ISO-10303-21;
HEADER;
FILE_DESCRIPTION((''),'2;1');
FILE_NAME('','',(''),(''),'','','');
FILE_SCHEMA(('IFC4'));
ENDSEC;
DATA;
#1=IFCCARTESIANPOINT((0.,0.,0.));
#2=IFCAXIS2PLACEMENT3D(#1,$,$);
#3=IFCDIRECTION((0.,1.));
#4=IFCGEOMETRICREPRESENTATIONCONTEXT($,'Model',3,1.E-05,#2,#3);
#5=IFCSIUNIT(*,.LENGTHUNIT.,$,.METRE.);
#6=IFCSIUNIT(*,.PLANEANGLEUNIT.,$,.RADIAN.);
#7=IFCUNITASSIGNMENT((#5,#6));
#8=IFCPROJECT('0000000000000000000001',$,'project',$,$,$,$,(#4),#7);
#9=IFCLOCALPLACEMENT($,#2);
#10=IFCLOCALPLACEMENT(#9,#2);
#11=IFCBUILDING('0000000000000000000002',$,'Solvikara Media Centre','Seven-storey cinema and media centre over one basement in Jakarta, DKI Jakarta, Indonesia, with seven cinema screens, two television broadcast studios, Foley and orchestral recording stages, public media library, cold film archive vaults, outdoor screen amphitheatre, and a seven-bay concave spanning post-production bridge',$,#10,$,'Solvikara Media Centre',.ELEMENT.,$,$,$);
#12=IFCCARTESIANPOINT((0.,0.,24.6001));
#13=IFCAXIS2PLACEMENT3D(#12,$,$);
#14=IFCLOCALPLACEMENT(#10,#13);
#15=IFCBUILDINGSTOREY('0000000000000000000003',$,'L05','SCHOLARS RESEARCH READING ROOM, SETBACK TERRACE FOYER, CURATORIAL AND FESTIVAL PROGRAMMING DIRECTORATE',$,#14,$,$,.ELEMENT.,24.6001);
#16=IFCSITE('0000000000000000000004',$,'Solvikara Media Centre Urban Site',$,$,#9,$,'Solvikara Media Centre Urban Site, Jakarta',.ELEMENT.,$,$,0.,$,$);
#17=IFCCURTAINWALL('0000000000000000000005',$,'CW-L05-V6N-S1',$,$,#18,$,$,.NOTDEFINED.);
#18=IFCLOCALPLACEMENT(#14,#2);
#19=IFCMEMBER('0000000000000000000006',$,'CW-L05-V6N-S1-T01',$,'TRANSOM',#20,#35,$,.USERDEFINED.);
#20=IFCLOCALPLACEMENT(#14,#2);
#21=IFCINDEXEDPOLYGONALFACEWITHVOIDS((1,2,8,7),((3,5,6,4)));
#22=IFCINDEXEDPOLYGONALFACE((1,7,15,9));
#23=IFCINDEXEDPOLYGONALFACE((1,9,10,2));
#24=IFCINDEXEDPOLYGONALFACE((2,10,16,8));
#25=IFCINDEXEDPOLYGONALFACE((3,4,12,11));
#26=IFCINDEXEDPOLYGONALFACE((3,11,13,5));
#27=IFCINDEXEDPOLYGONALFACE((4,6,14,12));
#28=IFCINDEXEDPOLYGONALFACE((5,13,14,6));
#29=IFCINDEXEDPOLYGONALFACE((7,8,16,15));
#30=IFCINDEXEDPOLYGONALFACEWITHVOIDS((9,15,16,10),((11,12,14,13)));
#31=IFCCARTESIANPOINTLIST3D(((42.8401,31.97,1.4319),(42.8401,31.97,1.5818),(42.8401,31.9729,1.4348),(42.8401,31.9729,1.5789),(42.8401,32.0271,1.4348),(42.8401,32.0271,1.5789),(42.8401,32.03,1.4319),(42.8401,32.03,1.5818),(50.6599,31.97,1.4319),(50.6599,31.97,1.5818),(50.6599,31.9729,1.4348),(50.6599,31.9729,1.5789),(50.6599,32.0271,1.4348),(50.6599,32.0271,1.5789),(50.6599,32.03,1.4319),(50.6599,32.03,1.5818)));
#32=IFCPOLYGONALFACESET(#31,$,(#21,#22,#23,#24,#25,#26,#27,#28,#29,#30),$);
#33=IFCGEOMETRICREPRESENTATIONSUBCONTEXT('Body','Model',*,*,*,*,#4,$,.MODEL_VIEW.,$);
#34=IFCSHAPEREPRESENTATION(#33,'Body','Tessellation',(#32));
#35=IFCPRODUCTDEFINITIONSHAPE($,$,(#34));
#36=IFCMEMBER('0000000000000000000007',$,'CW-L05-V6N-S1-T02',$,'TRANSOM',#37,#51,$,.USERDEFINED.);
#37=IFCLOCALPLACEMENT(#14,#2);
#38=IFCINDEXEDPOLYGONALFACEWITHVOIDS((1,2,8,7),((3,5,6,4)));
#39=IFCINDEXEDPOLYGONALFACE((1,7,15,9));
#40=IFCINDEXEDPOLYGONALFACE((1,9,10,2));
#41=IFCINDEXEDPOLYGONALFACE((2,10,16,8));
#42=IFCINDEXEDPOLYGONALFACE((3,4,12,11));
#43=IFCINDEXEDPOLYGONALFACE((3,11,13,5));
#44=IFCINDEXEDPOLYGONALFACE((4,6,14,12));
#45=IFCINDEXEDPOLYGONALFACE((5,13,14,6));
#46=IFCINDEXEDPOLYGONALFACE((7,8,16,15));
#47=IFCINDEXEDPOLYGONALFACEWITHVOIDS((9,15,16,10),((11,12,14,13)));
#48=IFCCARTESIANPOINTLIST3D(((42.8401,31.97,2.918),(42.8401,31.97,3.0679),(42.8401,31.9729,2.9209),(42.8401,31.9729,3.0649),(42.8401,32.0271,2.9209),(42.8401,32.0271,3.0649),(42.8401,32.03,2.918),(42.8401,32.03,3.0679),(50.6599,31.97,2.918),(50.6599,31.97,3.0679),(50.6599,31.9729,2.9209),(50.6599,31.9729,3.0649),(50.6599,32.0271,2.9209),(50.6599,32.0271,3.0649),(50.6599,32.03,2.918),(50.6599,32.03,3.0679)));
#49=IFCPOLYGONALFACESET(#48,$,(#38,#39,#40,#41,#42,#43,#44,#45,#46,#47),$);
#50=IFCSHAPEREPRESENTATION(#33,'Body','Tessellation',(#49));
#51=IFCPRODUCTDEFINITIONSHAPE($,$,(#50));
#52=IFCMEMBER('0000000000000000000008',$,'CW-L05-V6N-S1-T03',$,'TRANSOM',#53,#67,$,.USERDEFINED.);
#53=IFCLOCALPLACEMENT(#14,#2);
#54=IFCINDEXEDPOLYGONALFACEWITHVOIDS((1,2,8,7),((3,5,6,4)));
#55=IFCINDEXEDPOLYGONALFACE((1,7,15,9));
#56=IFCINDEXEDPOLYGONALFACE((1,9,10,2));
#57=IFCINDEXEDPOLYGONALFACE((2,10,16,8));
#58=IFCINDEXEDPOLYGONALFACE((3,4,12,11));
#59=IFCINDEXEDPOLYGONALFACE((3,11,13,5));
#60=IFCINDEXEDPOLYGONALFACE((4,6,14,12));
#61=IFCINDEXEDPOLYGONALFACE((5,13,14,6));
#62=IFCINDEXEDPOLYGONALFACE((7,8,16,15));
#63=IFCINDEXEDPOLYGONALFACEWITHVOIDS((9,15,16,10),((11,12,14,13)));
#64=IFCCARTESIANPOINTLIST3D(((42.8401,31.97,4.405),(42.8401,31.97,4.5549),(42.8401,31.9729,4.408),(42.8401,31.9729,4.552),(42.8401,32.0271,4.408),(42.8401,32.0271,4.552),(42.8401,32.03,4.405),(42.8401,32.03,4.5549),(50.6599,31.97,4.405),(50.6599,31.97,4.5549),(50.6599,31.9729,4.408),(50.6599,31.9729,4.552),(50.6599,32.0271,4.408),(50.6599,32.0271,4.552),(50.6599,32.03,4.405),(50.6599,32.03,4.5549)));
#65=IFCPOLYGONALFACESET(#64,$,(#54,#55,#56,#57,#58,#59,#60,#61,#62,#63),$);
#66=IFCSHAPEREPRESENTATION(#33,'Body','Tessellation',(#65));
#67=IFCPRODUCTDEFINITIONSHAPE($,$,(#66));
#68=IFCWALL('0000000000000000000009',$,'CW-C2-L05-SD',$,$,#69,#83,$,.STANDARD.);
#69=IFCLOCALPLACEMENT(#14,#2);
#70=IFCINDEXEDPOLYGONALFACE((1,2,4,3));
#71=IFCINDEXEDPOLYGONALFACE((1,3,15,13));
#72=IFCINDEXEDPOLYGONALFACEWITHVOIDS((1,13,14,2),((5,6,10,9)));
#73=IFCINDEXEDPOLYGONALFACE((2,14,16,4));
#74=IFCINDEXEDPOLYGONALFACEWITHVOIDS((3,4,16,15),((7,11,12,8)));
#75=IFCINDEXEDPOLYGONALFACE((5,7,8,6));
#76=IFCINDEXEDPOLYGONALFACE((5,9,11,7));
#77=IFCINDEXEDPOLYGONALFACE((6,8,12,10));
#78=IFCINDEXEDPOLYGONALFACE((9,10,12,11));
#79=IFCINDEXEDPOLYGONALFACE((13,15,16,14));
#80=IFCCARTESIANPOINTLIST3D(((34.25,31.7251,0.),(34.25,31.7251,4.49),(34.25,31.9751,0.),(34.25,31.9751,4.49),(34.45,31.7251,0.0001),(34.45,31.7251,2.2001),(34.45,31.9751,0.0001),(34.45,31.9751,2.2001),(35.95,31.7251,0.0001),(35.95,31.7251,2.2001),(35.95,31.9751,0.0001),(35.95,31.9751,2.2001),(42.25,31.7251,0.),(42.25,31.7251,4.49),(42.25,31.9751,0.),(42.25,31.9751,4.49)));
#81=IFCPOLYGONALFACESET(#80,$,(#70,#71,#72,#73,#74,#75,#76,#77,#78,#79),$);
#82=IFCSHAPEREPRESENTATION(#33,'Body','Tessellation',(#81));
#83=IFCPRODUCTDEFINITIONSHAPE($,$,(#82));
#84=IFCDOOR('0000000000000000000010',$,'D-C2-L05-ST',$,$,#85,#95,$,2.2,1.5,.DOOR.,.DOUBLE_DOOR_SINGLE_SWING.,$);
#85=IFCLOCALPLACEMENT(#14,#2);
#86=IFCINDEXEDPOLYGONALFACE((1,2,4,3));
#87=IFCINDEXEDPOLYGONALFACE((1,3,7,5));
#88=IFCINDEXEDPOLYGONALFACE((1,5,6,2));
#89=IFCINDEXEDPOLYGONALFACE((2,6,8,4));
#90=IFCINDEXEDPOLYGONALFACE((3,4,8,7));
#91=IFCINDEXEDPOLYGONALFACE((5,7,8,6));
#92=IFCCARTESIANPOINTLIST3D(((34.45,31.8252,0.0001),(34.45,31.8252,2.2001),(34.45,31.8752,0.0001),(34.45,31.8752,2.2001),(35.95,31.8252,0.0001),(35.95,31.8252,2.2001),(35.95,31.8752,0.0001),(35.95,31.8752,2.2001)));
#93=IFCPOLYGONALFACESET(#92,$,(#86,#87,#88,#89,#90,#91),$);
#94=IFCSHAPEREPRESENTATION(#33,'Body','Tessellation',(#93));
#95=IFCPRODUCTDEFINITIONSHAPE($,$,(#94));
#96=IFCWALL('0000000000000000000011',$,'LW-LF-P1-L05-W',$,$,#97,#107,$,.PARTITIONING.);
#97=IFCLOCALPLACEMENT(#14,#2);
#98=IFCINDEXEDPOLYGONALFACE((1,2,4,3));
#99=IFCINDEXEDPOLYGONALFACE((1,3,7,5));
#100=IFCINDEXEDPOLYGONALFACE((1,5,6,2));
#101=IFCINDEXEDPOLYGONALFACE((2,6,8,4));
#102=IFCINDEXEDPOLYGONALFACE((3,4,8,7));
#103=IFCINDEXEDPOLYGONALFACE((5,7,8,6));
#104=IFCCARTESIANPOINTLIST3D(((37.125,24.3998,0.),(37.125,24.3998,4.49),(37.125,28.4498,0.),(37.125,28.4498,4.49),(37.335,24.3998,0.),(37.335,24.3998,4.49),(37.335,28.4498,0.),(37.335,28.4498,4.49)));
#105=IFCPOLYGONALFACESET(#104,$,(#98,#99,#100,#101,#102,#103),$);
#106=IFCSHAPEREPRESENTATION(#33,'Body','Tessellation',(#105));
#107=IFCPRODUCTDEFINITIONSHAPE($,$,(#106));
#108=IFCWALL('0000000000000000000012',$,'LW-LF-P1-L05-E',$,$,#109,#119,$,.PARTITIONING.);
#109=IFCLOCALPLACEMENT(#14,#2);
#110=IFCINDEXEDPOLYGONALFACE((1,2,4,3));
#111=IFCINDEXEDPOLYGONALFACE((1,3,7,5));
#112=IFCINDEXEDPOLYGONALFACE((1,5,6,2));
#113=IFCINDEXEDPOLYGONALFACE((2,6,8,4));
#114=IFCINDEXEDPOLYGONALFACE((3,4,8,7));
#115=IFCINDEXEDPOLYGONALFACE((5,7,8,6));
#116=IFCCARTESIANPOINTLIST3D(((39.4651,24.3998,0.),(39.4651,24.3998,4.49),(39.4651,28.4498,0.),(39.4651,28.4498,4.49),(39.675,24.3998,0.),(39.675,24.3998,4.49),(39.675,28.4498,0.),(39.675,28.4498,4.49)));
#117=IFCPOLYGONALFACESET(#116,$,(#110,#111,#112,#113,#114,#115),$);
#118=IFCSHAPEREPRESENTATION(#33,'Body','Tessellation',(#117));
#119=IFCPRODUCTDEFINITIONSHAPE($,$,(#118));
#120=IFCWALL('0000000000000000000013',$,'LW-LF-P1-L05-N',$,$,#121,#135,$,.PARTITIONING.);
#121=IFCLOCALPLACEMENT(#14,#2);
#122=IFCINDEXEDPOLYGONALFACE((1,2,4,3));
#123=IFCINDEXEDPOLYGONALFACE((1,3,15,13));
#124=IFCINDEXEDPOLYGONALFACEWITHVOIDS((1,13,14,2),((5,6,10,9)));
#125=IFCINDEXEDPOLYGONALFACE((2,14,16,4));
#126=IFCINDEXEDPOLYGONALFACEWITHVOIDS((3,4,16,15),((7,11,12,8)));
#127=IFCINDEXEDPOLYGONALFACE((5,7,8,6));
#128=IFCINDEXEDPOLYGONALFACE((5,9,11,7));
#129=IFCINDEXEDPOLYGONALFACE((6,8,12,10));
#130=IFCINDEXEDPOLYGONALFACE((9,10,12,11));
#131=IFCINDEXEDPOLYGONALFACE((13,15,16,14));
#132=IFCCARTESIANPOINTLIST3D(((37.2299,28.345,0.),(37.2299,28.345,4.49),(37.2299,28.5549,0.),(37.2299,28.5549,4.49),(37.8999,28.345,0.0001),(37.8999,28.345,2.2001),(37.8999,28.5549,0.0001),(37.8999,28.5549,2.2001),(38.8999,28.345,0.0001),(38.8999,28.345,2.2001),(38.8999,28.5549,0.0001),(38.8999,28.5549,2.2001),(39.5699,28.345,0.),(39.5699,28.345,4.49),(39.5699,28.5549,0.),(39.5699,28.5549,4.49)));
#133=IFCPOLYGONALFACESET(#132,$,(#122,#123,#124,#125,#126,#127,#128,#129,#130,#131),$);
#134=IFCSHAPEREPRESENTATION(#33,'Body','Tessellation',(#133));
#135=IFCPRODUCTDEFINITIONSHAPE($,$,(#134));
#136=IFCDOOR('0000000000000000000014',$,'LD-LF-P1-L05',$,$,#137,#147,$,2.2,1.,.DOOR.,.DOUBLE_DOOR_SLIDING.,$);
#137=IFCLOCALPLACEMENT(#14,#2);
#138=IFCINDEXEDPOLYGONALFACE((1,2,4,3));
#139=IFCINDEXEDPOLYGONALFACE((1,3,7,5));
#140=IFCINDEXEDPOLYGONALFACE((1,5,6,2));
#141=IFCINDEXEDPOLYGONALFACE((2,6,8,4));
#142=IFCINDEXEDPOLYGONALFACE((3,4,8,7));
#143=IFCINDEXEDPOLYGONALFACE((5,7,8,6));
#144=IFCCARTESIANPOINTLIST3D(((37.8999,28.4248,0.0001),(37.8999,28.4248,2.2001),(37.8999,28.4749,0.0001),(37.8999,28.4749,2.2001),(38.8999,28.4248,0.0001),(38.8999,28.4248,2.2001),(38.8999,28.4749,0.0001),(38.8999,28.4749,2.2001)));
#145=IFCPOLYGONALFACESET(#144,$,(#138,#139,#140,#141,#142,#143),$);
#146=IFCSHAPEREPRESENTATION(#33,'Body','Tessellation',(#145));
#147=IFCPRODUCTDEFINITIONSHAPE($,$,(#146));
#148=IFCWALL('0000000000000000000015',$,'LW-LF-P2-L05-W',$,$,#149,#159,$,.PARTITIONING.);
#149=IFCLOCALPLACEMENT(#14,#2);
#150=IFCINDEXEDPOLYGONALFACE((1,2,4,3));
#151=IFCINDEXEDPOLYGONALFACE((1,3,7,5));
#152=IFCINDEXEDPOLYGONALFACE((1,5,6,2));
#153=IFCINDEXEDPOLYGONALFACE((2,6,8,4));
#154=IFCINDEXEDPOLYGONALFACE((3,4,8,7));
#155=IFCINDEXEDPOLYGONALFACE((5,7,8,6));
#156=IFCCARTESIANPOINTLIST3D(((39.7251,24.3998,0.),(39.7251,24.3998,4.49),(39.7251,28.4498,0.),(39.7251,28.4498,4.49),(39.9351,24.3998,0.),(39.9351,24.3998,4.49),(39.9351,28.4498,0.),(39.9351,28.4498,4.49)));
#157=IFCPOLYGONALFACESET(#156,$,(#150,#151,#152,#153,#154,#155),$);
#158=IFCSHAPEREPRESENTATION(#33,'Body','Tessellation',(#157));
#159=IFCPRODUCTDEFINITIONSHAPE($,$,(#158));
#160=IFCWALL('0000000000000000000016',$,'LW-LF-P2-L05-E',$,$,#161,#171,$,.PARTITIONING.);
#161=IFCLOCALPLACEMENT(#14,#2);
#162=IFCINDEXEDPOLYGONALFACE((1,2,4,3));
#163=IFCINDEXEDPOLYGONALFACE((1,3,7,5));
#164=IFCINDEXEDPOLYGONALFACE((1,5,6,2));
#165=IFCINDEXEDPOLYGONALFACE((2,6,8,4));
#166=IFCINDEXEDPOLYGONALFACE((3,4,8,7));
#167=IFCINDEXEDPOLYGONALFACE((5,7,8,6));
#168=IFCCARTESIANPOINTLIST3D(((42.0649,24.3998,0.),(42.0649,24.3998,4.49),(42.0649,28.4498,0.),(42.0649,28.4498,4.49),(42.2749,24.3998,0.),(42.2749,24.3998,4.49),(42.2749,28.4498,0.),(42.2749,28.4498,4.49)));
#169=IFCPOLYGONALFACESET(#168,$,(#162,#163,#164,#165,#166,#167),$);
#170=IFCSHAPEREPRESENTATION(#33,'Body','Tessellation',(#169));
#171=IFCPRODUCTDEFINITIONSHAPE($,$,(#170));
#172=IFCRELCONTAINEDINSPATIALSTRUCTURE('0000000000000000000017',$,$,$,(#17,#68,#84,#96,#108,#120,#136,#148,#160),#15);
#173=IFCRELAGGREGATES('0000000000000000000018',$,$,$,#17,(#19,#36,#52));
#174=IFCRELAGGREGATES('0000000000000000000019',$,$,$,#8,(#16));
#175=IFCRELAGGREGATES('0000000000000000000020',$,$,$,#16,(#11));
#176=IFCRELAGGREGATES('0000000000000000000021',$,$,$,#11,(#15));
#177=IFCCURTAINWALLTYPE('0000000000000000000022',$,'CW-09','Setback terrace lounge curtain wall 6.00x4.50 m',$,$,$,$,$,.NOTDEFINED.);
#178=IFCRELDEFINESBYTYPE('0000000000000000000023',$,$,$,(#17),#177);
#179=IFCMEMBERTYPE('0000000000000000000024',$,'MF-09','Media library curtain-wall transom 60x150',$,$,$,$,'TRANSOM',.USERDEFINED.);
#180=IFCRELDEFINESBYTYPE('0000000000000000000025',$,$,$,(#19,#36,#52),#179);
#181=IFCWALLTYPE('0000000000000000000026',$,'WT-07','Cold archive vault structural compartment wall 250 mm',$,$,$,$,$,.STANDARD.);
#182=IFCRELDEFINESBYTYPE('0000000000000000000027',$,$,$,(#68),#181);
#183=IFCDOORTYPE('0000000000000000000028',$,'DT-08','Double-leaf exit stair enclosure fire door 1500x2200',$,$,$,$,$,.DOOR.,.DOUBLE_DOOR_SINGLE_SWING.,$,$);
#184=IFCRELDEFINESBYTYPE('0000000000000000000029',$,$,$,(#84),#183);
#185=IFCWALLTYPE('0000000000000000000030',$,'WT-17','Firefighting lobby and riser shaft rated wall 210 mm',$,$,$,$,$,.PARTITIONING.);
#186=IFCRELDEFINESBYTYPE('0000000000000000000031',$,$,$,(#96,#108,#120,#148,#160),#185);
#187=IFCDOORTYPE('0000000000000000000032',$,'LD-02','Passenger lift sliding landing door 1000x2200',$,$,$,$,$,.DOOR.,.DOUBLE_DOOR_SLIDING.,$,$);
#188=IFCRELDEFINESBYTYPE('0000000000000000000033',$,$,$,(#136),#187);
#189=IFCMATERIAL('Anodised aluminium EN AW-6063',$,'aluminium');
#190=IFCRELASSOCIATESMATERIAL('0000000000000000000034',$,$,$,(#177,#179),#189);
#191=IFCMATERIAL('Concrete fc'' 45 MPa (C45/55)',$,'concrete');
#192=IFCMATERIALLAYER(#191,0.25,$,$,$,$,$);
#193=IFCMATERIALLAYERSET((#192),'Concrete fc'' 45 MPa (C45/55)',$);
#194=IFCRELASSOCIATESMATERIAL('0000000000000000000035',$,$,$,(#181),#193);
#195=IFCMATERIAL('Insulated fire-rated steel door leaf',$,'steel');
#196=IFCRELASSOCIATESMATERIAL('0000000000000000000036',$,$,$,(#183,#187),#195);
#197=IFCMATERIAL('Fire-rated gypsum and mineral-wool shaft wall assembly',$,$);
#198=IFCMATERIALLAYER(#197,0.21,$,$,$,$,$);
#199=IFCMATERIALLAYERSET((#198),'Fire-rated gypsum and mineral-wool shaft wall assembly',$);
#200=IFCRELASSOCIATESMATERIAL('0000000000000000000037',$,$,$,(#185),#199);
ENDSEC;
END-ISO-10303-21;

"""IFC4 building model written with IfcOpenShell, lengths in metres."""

from ifc_helpers import new_model, si_unit, direction, frame, frame_2d, origin, origin_2d, place, context, subcontext, project, spatial, rectangle, hollow_rectangle, extrude, material, layer, layer_set, material_profile, profile_set, type_object, element, fill, aggregate, save


model = new_model("IFC4")

# Units and contexts
model_context = context("Model", 3, precision=1e-05, world=origin(), true_north=direction((0.0, 1.0)))
body_context = subcontext(model_context, "Body", "Model", "MODEL_VIEW")
ifc_project = project(units=[si_unit("LENGTHUNIT", "METRE"), si_unit("PLANEANGLEUNIT", "RADIAN")], contexts=[model_context])

# Site, building, storey
site_placement = place(None, origin())
site = spatial("IfcSite", under=ifc_project, at=site_placement, Name="Solvikara Media Centre Urban Site", LongName="Solvikara Media Centre Urban Site, Jakarta", CompositionType="ELEMENT", RefElevation=0.0)
building_placement = place(site_placement, origin())
building = spatial("IfcBuilding", under=site, at=building_placement, Name="Solvikara Media Centre", Description="Seven-storey cinema and media centre over one basement in Jakarta, DKI Jakarta, Indonesia, with seven cinema screens, two television broadcast studios, Foley and orchestral recording stages, public media library, cold film archive vaults, outdoor screen amphitheatre, and a seven-bay concave spanning post-production bridge", LongName="Solvikara Media Centre", CompositionType="ELEMENT")
storey_placement = place(building_placement, frame((0.0, 0.0, 24.6001)))
storey = spatial("IfcBuildingStorey", under=building, at=storey_placement, Name="L05", Description="SCHOLARS RESEARCH READING ROOM, SETBACK TERRACE FOYER, CURATORIAL AND FESTIVAL PROGRAMMING DIRECTORATE", CompositionType="ELEMENT", Elevation=24.6001)

# Shared definitions
ifc_material_1 = material(Name="Concrete fc' 45 MPa (C45/55)", Category="concrete")

# Curtain wall, members
ifc_material_2 = material(Name="Anodised aluminium EN AW-6063", Category="aluminium")
curtain_wall_type = type_object("IfcCurtainWallType", Name="CW-09", Description="Setback terrace lounge curtain wall 6.00x4.50 m", PredefinedType="NOTDEFINED", material=ifc_material_2)
curtain_wall_placement = place(storey_placement, origin())
curtain_wall = element("IfcCurtainWall", 1, at=curtain_wall_placement, inside=storey, type_object=curtain_wall_type, Name="CW-L05-V6N-S1", PredefinedType="NOTDEFINED")
ifc_material_profile_1 = material_profile(ifc_material_2, hollow_rectangle(XDim=0.0601, YDim=0.1499, WallThickness=0.0029, at=origin_2d()), Name="ALU-T 60x150x3")
ifc_profile_set_1 = profile_set([ifc_material_profile_1], Name="Anodised aluminium EN AW-6063")
member_type_1 = type_object("IfcMemberType", Name="MF-09", Description="Media library curtain-wall transom 60x150", ElementType="TRANSOM", PredefinedType="USERDEFINED", material=ifc_profile_set_1)
member_1_placement = place(storey_placement, frame((42.8401, 32.0, 1.5068), z_axis=(1.0, 0.0, 0.0), x_axis=(0.0, 1.0, 0.0)))
member_1 = element("IfcMember", 2, at=member_1_placement, type_object=member_type_1, Name="CW-L05-V6N-S1-T01", ObjectType="TRANSOM", PredefinedType="USERDEFINED", context=body_context, shape_type="SweptSolid", body=[
    extrude(hollow_rectangle(XDim=0.0601, YDim=0.1499, WallThickness=0.0029, at=origin_2d()), origin(), (0.0, 0.0, 1.0), 7.8198),
])
member_2_placement = place(storey_placement, frame((42.8401, 32.0, 2.9929), z_axis=(1.0, 0.0, 0.0), x_axis=(0.0, 1.0, 0.0)))
member_2 = element("IfcMember", 3, at=member_2_placement, type_object=member_type_1, Name="CW-L05-V6N-S1-T02", ObjectType="TRANSOM", PredefinedType="USERDEFINED", context=body_context, shape_type="SweptSolid", body=[
    extrude(hollow_rectangle(XDim=0.0601, YDim=0.1499, WallThickness=0.0029, at=origin_2d()), origin(), (0.0, 0.0, 1.0), 7.8198),
])
member_3_placement = place(storey_placement, frame((42.8401, 32.0, 4.48), z_axis=(1.0, 0.0, 0.0), x_axis=(0.0, 1.0, 0.0)))
member_3 = element("IfcMember", 4, at=member_3_placement, type_object=member_type_1, Name="CW-L05-V6N-S1-T03", ObjectType="TRANSOM", PredefinedType="USERDEFINED", context=body_context, shape_type="SweptSolid", body=[
    extrude(hollow_rectangle(XDim=0.0601, YDim=0.1499, WallThickness=0.0029, at=origin_2d()), origin(), (0.0, 0.0, 1.0), 7.8198),
])
aggregate(curtain_wall, [member_1, member_2, member_3])

# Wall, opening, door
ifc_layer_1 = layer(ifc_material_1, 0.25)
ifc_layer_set_1 = layer_set([ifc_layer_1], Name="Concrete fc' 45 MPa (C45/55)")
wall_type_1 = type_object("IfcWallType", Name="WT-07", Description="Cold archive vault structural compartment wall 250 mm", PredefinedType="STANDARD", material=ifc_layer_set_1)
wall_1_placement = place(storey_placement, frame((34.25, 31.8501, 0.0), z_axis=(0.0, 0.0, 1.0), x_axis=(1.0, 0.0, 0.0)))
wall_1 = element("IfcWall", 5, at=wall_1_placement, inside=storey, type_object=wall_type_1, Name="CW-C2-L05-SD", PredefinedType="STANDARD", context=body_context, shape_type="SweptSolid", body=[
    extrude(rectangle(XDim=8.0, YDim=0.25, at=frame_2d((4.0, 0.0))), origin(), (0.0, 0.0, 1.0), 4.49),
])
opening_1_placement = place(wall_1_placement, frame((0.2, 0.0, 0.0)))
opening_1 = element("IfcOpeningElement", 6, at=opening_1_placement, cuts=wall_1, PredefinedType="OPENING", context=body_context, shape_type="SweptSolid", body=[
    extrude(rectangle(XDim=1.5, YDim=2.2, at=frame_2d((0.75, 1.1001))), frame((0.0, 0.137, 0.0), z_axis=(0.0, -1.0, 0.0), x_axis=(1.0, 0.0, 0.0)), (0.0, 0.0, 1.0), 0.2739),
])
ifc_material_3 = material(Name="Insulated fire-rated steel door leaf", Category="steel")
door_type_1 = type_object("IfcDoorType", Name="DT-08", Description="Double-leaf exit stair enclosure fire door 1500x2200", OperationType="DOUBLE_DOOR_SINGLE_SWING", PredefinedType="DOOR", material=ifc_material_3)
door_1_placement = place(opening_1_placement, frame((1.5, 0.0, 0.0), z_axis=(0.0, 0.0, 1.0), x_axis=(-1.0, 0.0, 0.0)))
door_1 = element("IfcDoor", 7, at=door_1_placement, inside=storey, type_object=door_type_1, Name="D-C2-L05-ST", OperationType="DOUBLE_DOOR_SINGLE_SWING", OverallHeight=2.2, OverallWidth=1.5, PredefinedType="DOOR", context=body_context, shape_type="SweptSolid", body=[
    extrude(rectangle(XDim=1.5, YDim=2.2, at=frame_2d((0.75, 1.1001))), frame((0.0, 0.0249, 0.0), z_axis=(0.0, -1.0, 0.0), x_axis=(1.0, 0.0, 0.0)), (0.0, 0.0, 1.0), 0.05),
])
fill(opening_1, door_1)

# Walls
ifc_material_4 = material(Name="Fire-rated gypsum and mineral-wool shaft wall assembly")
ifc_layer_2 = layer(ifc_material_4, 0.21)
ifc_layer_set_2 = layer_set([ifc_layer_2], Name="Fire-rated gypsum and mineral-wool shaft wall assembly")
wall_type_2 = type_object("IfcWallType", Name="WT-17", Description="Firefighting lobby and riser shaft rated wall 210 mm", PredefinedType="PARTITIONING", material=ifc_layer_set_2)
for number, where, z_axis, x_axis, name in (
    (8, (37.23, 24.3999, 0.0), (0.0, 0.0, 1.0), (0.0, 1.0, 0.0), "LW-LF-P1-L05-W"),
    (9, (39.5701, 24.3999, 0.0), (0.0, 0.0, 1.0), (0.0, 1.0, 0.0), "LW-LF-P1-L05-E"),
):
    element("IfcWall", number, at=place(storey_placement, frame(where, z_axis=z_axis, x_axis=x_axis)), inside=storey, type_object=wall_type_2, Name=name, PredefinedType="PARTITIONING", context=body_context, shape_type="SweptSolid", body=[
        extrude(rectangle(XDim=4.05, YDim=0.21, at=frame_2d((2.0249, 0.0))), origin(), (0.0, 0.0, 1.0), 4.49),
    ])

# Wall, opening, door
wall_2_placement = place(storey_placement, frame((37.23, 28.45, 0.0), z_axis=(0.0, 0.0, 1.0), x_axis=(1.0, 0.0, 0.0)))
wall_2 = element("IfcWall", 10, at=wall_2_placement, inside=storey, type_object=wall_type_2, Name="LW-LF-P1-L05-N", PredefinedType="PARTITIONING", context=body_context, shape_type="SweptSolid", body=[
    extrude(rectangle(XDim=2.3401, YDim=0.21, at=frame_2d((1.1699, 0.0))), origin(), (0.0, 0.0, 1.0), 4.49),
])
opening_2_placement = place(wall_2_placement, frame((0.6699, 0.0, 0.0)))
opening_2 = element("IfcOpeningElement", 11, at=opening_2_placement, cuts=wall_2, PredefinedType="OPENING", context=body_context, shape_type="SweptSolid", body=[
    extrude(rectangle(XDim=1.0, YDim=2.2, at=frame_2d((0.5, 1.1001))), frame((0.0, 0.1169, 0.0), z_axis=(0.0, -1.0, 0.0), x_axis=(1.0, 0.0, 0.0)), (0.0, 0.0, 1.0), 0.2339),
])
door_type_2 = type_object("IfcDoorType", Name="LD-02", Description="Passenger lift sliding landing door 1000x2200", OperationType="DOUBLE_DOOR_SLIDING", PredefinedType="DOOR", material=ifc_material_3)
door_2_placement = place(opening_2_placement, origin())
door_2 = element("IfcDoor", 12, at=door_2_placement, inside=storey, type_object=door_type_2, Name="LD-LF-P1-L05", OperationType="DOUBLE_DOOR_SLIDING", OverallHeight=2.2, OverallWidth=1.0, PredefinedType="DOOR", context=body_context, shape_type="SweptSolid", body=[
    extrude(rectangle(XDim=1.0, YDim=2.2, at=frame_2d((0.5, 1.1001))), frame((0.0, 0.0249, 0.0), z_axis=(0.0, -1.0, 0.0), x_axis=(1.0, 0.0, 0.0)), (0.0, 0.0, 1.0), 0.05),
])
fill(opening_2, door_2)

# Walls
for number, where, z_axis, x_axis, name in (
    (13, (39.8301, 24.3999, 0.0), (0.0, 0.0, 1.0), (0.0, 1.0, 0.0), "LW-LF-P2-L05-W"),
    (14, (42.1699, 24.3999, 0.0), (0.0, 0.0, 1.0), (0.0, 1.0, 0.0), "LW-LF-P2-L05-E"),
):
    element("IfcWall", number, at=place(storey_placement, frame(where, z_axis=z_axis, x_axis=x_axis)), inside=storey, type_object=wall_type_2, Name=name, PredefinedType="PARTITIONING", context=body_context, shape_type="SweptSolid", body=[
        extrude(rectangle(XDim=4.05, YDim=0.21, at=frame_2d((2.0249, 0.0))), origin(), (0.0, 0.0, 1.0), 4.49),
    ])

save(model, "model.ifc")
